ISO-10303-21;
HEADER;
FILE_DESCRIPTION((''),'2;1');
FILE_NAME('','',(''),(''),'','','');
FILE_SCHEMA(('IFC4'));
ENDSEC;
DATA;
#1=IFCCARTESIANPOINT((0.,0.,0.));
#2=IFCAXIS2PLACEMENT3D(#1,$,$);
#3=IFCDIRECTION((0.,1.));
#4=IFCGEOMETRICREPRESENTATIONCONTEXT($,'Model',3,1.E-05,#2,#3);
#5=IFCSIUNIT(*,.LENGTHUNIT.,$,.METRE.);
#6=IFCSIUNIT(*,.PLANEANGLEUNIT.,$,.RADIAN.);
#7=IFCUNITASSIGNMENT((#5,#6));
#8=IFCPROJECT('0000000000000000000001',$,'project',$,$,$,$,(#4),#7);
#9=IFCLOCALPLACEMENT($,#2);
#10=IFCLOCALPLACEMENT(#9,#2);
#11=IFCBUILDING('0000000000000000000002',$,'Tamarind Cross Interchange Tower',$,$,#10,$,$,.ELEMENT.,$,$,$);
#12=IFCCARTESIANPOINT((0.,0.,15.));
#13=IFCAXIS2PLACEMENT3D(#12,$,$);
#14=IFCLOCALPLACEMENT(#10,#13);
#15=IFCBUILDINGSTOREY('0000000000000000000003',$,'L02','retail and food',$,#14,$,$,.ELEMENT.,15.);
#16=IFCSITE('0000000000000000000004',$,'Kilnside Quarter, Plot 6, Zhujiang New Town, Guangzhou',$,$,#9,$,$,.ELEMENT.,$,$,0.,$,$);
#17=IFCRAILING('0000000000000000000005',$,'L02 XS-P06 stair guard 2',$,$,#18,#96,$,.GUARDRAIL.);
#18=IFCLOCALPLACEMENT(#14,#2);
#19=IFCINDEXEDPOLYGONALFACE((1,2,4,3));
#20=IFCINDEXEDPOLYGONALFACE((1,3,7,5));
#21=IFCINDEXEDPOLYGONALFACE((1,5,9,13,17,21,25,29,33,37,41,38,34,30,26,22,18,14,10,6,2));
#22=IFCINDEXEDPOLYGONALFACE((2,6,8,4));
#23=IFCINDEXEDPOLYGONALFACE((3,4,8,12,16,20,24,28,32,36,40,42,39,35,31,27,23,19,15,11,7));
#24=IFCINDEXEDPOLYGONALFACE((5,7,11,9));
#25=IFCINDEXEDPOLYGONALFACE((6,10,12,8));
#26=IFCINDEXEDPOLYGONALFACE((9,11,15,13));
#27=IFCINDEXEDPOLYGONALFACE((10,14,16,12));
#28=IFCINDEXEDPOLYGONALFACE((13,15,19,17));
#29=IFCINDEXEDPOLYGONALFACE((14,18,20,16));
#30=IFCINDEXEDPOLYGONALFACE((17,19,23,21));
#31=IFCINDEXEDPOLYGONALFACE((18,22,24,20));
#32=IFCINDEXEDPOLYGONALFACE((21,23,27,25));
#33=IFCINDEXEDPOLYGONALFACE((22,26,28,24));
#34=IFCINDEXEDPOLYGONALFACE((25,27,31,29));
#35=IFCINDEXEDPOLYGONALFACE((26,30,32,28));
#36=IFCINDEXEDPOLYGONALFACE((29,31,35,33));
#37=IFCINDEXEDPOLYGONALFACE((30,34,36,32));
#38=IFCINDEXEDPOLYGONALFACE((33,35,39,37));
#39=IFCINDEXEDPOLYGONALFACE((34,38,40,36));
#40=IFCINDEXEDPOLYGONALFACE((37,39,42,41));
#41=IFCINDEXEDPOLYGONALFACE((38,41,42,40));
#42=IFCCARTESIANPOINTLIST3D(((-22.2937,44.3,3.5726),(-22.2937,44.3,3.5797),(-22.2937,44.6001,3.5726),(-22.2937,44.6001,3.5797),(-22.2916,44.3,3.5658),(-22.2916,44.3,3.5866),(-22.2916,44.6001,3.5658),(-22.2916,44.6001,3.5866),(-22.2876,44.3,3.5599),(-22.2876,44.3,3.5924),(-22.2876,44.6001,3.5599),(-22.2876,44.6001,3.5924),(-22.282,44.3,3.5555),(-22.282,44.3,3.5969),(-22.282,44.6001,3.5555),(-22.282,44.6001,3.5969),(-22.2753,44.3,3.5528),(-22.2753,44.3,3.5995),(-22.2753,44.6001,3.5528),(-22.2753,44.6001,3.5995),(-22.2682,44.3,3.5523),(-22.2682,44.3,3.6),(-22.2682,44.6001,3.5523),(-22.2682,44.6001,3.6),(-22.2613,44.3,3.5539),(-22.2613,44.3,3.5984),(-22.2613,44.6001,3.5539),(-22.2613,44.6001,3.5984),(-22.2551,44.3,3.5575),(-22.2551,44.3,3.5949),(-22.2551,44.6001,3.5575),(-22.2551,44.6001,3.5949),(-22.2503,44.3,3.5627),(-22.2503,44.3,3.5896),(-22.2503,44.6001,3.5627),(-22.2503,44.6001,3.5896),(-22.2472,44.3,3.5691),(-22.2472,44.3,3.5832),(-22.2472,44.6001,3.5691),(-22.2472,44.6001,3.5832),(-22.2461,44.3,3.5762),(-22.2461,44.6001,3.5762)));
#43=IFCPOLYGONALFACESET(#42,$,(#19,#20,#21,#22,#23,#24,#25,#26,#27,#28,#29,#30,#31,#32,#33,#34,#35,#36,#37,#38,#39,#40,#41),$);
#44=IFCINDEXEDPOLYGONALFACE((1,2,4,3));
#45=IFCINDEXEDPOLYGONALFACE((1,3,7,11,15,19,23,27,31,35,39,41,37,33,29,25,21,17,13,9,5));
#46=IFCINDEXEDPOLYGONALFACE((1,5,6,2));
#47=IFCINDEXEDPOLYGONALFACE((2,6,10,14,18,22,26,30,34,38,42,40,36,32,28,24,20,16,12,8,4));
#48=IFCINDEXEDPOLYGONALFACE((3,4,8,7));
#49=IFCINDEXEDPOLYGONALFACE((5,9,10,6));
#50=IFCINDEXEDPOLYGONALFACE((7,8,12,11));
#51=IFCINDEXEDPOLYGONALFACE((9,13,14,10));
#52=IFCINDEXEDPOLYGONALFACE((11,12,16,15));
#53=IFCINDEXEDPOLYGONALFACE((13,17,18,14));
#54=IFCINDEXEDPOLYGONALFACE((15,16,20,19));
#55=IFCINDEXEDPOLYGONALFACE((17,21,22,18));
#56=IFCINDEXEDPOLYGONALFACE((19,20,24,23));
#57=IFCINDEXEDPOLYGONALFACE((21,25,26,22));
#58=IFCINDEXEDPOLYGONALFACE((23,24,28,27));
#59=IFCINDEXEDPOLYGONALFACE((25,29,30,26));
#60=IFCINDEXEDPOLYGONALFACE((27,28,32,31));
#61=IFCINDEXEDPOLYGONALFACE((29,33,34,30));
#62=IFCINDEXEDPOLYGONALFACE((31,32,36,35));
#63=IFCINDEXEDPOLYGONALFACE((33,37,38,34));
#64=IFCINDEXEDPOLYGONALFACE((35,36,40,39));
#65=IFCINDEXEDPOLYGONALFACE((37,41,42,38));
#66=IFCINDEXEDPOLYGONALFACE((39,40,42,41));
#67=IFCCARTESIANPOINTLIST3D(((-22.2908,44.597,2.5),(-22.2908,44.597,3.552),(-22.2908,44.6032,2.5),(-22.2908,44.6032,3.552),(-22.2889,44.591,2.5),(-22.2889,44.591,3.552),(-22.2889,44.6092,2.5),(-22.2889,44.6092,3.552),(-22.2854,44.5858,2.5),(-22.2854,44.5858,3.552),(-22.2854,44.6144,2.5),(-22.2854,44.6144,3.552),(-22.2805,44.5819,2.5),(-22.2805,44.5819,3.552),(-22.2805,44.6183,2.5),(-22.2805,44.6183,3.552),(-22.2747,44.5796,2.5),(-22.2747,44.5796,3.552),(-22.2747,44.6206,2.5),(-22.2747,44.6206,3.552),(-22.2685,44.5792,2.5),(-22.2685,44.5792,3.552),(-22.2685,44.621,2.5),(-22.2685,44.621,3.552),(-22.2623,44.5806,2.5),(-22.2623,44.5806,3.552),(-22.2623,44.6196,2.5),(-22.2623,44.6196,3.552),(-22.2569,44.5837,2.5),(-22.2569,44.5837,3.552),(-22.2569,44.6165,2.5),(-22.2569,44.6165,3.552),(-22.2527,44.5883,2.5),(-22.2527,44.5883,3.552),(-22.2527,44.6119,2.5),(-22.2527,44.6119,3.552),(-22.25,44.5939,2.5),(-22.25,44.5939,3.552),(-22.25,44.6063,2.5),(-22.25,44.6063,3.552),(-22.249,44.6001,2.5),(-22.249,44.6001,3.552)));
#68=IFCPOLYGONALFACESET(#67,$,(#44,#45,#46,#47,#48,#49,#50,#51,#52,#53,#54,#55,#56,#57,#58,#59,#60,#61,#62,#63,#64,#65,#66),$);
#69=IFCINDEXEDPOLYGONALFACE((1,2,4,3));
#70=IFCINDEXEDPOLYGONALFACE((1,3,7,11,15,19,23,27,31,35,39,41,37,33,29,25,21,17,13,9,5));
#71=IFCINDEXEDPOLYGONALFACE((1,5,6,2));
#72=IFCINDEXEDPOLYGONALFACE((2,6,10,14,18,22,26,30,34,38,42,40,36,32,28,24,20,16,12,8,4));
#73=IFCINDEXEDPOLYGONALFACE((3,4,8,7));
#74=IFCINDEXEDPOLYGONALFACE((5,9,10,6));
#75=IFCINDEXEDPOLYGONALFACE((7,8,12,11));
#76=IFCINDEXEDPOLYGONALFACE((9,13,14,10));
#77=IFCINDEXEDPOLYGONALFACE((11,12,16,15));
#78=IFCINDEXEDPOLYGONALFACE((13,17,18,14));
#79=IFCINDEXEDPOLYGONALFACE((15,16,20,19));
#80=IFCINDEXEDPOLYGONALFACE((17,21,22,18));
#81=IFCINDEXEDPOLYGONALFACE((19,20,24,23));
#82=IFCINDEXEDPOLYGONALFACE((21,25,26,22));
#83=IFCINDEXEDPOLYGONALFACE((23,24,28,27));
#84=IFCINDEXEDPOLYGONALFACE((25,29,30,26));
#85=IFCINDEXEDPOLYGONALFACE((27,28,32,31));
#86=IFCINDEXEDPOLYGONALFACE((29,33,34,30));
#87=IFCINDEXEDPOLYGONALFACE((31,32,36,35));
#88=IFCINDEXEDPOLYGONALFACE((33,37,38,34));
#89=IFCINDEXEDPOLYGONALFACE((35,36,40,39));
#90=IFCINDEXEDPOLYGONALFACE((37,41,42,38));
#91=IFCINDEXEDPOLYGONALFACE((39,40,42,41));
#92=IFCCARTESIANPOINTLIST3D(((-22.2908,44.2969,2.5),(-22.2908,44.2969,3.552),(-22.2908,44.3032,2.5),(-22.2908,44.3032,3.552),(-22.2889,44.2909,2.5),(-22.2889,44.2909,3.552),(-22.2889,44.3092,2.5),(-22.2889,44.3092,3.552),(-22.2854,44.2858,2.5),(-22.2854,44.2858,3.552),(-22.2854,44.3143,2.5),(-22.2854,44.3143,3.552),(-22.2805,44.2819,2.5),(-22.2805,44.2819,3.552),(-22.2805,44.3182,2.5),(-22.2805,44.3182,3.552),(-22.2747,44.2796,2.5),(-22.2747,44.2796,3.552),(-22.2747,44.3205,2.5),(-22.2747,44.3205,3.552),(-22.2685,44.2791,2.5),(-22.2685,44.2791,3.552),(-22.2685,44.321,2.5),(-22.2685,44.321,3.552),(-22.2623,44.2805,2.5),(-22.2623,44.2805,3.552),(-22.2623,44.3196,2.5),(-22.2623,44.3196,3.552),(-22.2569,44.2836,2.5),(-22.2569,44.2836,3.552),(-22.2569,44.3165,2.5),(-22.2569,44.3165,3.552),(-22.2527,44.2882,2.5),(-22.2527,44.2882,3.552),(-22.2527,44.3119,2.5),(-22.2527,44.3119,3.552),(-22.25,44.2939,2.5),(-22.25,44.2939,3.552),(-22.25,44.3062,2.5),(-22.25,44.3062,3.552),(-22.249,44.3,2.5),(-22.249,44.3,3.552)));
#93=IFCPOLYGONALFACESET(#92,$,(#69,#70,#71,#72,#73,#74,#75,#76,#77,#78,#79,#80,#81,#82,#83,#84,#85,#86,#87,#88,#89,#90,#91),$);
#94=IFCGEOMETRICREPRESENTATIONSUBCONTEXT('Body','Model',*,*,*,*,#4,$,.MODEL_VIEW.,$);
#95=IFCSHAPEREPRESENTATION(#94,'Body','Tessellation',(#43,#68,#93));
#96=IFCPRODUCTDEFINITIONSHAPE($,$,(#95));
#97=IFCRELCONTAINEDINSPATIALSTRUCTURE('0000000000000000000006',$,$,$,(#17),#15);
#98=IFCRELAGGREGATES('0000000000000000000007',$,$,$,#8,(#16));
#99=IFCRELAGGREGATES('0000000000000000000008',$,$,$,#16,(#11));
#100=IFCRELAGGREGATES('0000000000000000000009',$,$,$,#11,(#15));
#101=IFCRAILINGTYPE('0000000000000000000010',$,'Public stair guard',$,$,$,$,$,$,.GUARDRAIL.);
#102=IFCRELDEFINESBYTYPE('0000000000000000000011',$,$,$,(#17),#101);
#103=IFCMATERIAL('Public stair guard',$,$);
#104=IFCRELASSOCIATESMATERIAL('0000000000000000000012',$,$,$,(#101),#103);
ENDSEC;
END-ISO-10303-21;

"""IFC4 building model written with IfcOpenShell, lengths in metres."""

from ifc_helpers import new_model, si_unit, direction, frame, origin, origin_2d, place, context, subcontext, project, spatial, circle, extrude, material, type_object, element, save


model = new_model("IFC4")

# Units and contexts
model_context = context("Model", 3, precision=1e-05, world=origin(), true_north=direction((0.0, 1.0)))
body_context = subcontext(model_context, "Body", "Model", "MODEL_VIEW")
ifc_project = project(units=[si_unit("LENGTHUNIT", "METRE"), si_unit("PLANEANGLEUNIT", "RADIAN")], contexts=[model_context])

# Site, building, storey
site_placement = place(None, origin())
site = spatial("IfcSite", under=ifc_project, at=site_placement, Name="Kilnside Quarter, Plot 6, Zhujiang New Town, Guangzhou", CompositionType="ELEMENT", RefElevation=0.0)
building_placement = place(site_placement, origin())
building = spatial("IfcBuilding", under=site, at=building_placement, Name="Tamarind Cross Interchange Tower", CompositionType="ELEMENT")
storey_placement = place(building_placement, frame((0.0, 0.0, 15.0)))
storey = spatial("IfcBuildingStorey", under=building, at=storey_placement, Name="L02", Description="retail and food", CompositionType="ELEMENT", Elevation=15.0)

# Railing
ifc_material_1 = material(Name="Public stair guard")
railing_type_1 = type_object("IfcRailingType", Name="Public stair guard", PredefinedType="GUARDRAIL", material=ifc_material_1)
railing_1_placement = place(storey_placement, frame((-22.27, 44.6001, 2.5)))
element("IfcRailing", 1, at=railing_1_placement, inside=storey, type_object=railing_type_1, Name="L02 XS-P06 stair guard 2", PredefinedType="GUARDRAIL", context=body_context, shape_type="SweptSolid", body=[
    extrude(circle(Radius=0.0239, at=origin_2d()), frame((0.0, 0.0, 1.0762), z_axis=(0.0, -1.0, 0.0), x_axis=(1.0, 0.0, 0.0)), (0.0, 0.0, 1.0), 0.3),
    extrude(circle(Radius=0.021, at=origin_2d()), origin(), (0.0, 0.0, 1.0), 1.052),
    extrude(circle(Radius=0.021, at=origin_2d()), frame((0.0, -0.3, 0.0)), (0.0, 0.0, 1.0), 1.052),
])

save(model, "model.ifc")
